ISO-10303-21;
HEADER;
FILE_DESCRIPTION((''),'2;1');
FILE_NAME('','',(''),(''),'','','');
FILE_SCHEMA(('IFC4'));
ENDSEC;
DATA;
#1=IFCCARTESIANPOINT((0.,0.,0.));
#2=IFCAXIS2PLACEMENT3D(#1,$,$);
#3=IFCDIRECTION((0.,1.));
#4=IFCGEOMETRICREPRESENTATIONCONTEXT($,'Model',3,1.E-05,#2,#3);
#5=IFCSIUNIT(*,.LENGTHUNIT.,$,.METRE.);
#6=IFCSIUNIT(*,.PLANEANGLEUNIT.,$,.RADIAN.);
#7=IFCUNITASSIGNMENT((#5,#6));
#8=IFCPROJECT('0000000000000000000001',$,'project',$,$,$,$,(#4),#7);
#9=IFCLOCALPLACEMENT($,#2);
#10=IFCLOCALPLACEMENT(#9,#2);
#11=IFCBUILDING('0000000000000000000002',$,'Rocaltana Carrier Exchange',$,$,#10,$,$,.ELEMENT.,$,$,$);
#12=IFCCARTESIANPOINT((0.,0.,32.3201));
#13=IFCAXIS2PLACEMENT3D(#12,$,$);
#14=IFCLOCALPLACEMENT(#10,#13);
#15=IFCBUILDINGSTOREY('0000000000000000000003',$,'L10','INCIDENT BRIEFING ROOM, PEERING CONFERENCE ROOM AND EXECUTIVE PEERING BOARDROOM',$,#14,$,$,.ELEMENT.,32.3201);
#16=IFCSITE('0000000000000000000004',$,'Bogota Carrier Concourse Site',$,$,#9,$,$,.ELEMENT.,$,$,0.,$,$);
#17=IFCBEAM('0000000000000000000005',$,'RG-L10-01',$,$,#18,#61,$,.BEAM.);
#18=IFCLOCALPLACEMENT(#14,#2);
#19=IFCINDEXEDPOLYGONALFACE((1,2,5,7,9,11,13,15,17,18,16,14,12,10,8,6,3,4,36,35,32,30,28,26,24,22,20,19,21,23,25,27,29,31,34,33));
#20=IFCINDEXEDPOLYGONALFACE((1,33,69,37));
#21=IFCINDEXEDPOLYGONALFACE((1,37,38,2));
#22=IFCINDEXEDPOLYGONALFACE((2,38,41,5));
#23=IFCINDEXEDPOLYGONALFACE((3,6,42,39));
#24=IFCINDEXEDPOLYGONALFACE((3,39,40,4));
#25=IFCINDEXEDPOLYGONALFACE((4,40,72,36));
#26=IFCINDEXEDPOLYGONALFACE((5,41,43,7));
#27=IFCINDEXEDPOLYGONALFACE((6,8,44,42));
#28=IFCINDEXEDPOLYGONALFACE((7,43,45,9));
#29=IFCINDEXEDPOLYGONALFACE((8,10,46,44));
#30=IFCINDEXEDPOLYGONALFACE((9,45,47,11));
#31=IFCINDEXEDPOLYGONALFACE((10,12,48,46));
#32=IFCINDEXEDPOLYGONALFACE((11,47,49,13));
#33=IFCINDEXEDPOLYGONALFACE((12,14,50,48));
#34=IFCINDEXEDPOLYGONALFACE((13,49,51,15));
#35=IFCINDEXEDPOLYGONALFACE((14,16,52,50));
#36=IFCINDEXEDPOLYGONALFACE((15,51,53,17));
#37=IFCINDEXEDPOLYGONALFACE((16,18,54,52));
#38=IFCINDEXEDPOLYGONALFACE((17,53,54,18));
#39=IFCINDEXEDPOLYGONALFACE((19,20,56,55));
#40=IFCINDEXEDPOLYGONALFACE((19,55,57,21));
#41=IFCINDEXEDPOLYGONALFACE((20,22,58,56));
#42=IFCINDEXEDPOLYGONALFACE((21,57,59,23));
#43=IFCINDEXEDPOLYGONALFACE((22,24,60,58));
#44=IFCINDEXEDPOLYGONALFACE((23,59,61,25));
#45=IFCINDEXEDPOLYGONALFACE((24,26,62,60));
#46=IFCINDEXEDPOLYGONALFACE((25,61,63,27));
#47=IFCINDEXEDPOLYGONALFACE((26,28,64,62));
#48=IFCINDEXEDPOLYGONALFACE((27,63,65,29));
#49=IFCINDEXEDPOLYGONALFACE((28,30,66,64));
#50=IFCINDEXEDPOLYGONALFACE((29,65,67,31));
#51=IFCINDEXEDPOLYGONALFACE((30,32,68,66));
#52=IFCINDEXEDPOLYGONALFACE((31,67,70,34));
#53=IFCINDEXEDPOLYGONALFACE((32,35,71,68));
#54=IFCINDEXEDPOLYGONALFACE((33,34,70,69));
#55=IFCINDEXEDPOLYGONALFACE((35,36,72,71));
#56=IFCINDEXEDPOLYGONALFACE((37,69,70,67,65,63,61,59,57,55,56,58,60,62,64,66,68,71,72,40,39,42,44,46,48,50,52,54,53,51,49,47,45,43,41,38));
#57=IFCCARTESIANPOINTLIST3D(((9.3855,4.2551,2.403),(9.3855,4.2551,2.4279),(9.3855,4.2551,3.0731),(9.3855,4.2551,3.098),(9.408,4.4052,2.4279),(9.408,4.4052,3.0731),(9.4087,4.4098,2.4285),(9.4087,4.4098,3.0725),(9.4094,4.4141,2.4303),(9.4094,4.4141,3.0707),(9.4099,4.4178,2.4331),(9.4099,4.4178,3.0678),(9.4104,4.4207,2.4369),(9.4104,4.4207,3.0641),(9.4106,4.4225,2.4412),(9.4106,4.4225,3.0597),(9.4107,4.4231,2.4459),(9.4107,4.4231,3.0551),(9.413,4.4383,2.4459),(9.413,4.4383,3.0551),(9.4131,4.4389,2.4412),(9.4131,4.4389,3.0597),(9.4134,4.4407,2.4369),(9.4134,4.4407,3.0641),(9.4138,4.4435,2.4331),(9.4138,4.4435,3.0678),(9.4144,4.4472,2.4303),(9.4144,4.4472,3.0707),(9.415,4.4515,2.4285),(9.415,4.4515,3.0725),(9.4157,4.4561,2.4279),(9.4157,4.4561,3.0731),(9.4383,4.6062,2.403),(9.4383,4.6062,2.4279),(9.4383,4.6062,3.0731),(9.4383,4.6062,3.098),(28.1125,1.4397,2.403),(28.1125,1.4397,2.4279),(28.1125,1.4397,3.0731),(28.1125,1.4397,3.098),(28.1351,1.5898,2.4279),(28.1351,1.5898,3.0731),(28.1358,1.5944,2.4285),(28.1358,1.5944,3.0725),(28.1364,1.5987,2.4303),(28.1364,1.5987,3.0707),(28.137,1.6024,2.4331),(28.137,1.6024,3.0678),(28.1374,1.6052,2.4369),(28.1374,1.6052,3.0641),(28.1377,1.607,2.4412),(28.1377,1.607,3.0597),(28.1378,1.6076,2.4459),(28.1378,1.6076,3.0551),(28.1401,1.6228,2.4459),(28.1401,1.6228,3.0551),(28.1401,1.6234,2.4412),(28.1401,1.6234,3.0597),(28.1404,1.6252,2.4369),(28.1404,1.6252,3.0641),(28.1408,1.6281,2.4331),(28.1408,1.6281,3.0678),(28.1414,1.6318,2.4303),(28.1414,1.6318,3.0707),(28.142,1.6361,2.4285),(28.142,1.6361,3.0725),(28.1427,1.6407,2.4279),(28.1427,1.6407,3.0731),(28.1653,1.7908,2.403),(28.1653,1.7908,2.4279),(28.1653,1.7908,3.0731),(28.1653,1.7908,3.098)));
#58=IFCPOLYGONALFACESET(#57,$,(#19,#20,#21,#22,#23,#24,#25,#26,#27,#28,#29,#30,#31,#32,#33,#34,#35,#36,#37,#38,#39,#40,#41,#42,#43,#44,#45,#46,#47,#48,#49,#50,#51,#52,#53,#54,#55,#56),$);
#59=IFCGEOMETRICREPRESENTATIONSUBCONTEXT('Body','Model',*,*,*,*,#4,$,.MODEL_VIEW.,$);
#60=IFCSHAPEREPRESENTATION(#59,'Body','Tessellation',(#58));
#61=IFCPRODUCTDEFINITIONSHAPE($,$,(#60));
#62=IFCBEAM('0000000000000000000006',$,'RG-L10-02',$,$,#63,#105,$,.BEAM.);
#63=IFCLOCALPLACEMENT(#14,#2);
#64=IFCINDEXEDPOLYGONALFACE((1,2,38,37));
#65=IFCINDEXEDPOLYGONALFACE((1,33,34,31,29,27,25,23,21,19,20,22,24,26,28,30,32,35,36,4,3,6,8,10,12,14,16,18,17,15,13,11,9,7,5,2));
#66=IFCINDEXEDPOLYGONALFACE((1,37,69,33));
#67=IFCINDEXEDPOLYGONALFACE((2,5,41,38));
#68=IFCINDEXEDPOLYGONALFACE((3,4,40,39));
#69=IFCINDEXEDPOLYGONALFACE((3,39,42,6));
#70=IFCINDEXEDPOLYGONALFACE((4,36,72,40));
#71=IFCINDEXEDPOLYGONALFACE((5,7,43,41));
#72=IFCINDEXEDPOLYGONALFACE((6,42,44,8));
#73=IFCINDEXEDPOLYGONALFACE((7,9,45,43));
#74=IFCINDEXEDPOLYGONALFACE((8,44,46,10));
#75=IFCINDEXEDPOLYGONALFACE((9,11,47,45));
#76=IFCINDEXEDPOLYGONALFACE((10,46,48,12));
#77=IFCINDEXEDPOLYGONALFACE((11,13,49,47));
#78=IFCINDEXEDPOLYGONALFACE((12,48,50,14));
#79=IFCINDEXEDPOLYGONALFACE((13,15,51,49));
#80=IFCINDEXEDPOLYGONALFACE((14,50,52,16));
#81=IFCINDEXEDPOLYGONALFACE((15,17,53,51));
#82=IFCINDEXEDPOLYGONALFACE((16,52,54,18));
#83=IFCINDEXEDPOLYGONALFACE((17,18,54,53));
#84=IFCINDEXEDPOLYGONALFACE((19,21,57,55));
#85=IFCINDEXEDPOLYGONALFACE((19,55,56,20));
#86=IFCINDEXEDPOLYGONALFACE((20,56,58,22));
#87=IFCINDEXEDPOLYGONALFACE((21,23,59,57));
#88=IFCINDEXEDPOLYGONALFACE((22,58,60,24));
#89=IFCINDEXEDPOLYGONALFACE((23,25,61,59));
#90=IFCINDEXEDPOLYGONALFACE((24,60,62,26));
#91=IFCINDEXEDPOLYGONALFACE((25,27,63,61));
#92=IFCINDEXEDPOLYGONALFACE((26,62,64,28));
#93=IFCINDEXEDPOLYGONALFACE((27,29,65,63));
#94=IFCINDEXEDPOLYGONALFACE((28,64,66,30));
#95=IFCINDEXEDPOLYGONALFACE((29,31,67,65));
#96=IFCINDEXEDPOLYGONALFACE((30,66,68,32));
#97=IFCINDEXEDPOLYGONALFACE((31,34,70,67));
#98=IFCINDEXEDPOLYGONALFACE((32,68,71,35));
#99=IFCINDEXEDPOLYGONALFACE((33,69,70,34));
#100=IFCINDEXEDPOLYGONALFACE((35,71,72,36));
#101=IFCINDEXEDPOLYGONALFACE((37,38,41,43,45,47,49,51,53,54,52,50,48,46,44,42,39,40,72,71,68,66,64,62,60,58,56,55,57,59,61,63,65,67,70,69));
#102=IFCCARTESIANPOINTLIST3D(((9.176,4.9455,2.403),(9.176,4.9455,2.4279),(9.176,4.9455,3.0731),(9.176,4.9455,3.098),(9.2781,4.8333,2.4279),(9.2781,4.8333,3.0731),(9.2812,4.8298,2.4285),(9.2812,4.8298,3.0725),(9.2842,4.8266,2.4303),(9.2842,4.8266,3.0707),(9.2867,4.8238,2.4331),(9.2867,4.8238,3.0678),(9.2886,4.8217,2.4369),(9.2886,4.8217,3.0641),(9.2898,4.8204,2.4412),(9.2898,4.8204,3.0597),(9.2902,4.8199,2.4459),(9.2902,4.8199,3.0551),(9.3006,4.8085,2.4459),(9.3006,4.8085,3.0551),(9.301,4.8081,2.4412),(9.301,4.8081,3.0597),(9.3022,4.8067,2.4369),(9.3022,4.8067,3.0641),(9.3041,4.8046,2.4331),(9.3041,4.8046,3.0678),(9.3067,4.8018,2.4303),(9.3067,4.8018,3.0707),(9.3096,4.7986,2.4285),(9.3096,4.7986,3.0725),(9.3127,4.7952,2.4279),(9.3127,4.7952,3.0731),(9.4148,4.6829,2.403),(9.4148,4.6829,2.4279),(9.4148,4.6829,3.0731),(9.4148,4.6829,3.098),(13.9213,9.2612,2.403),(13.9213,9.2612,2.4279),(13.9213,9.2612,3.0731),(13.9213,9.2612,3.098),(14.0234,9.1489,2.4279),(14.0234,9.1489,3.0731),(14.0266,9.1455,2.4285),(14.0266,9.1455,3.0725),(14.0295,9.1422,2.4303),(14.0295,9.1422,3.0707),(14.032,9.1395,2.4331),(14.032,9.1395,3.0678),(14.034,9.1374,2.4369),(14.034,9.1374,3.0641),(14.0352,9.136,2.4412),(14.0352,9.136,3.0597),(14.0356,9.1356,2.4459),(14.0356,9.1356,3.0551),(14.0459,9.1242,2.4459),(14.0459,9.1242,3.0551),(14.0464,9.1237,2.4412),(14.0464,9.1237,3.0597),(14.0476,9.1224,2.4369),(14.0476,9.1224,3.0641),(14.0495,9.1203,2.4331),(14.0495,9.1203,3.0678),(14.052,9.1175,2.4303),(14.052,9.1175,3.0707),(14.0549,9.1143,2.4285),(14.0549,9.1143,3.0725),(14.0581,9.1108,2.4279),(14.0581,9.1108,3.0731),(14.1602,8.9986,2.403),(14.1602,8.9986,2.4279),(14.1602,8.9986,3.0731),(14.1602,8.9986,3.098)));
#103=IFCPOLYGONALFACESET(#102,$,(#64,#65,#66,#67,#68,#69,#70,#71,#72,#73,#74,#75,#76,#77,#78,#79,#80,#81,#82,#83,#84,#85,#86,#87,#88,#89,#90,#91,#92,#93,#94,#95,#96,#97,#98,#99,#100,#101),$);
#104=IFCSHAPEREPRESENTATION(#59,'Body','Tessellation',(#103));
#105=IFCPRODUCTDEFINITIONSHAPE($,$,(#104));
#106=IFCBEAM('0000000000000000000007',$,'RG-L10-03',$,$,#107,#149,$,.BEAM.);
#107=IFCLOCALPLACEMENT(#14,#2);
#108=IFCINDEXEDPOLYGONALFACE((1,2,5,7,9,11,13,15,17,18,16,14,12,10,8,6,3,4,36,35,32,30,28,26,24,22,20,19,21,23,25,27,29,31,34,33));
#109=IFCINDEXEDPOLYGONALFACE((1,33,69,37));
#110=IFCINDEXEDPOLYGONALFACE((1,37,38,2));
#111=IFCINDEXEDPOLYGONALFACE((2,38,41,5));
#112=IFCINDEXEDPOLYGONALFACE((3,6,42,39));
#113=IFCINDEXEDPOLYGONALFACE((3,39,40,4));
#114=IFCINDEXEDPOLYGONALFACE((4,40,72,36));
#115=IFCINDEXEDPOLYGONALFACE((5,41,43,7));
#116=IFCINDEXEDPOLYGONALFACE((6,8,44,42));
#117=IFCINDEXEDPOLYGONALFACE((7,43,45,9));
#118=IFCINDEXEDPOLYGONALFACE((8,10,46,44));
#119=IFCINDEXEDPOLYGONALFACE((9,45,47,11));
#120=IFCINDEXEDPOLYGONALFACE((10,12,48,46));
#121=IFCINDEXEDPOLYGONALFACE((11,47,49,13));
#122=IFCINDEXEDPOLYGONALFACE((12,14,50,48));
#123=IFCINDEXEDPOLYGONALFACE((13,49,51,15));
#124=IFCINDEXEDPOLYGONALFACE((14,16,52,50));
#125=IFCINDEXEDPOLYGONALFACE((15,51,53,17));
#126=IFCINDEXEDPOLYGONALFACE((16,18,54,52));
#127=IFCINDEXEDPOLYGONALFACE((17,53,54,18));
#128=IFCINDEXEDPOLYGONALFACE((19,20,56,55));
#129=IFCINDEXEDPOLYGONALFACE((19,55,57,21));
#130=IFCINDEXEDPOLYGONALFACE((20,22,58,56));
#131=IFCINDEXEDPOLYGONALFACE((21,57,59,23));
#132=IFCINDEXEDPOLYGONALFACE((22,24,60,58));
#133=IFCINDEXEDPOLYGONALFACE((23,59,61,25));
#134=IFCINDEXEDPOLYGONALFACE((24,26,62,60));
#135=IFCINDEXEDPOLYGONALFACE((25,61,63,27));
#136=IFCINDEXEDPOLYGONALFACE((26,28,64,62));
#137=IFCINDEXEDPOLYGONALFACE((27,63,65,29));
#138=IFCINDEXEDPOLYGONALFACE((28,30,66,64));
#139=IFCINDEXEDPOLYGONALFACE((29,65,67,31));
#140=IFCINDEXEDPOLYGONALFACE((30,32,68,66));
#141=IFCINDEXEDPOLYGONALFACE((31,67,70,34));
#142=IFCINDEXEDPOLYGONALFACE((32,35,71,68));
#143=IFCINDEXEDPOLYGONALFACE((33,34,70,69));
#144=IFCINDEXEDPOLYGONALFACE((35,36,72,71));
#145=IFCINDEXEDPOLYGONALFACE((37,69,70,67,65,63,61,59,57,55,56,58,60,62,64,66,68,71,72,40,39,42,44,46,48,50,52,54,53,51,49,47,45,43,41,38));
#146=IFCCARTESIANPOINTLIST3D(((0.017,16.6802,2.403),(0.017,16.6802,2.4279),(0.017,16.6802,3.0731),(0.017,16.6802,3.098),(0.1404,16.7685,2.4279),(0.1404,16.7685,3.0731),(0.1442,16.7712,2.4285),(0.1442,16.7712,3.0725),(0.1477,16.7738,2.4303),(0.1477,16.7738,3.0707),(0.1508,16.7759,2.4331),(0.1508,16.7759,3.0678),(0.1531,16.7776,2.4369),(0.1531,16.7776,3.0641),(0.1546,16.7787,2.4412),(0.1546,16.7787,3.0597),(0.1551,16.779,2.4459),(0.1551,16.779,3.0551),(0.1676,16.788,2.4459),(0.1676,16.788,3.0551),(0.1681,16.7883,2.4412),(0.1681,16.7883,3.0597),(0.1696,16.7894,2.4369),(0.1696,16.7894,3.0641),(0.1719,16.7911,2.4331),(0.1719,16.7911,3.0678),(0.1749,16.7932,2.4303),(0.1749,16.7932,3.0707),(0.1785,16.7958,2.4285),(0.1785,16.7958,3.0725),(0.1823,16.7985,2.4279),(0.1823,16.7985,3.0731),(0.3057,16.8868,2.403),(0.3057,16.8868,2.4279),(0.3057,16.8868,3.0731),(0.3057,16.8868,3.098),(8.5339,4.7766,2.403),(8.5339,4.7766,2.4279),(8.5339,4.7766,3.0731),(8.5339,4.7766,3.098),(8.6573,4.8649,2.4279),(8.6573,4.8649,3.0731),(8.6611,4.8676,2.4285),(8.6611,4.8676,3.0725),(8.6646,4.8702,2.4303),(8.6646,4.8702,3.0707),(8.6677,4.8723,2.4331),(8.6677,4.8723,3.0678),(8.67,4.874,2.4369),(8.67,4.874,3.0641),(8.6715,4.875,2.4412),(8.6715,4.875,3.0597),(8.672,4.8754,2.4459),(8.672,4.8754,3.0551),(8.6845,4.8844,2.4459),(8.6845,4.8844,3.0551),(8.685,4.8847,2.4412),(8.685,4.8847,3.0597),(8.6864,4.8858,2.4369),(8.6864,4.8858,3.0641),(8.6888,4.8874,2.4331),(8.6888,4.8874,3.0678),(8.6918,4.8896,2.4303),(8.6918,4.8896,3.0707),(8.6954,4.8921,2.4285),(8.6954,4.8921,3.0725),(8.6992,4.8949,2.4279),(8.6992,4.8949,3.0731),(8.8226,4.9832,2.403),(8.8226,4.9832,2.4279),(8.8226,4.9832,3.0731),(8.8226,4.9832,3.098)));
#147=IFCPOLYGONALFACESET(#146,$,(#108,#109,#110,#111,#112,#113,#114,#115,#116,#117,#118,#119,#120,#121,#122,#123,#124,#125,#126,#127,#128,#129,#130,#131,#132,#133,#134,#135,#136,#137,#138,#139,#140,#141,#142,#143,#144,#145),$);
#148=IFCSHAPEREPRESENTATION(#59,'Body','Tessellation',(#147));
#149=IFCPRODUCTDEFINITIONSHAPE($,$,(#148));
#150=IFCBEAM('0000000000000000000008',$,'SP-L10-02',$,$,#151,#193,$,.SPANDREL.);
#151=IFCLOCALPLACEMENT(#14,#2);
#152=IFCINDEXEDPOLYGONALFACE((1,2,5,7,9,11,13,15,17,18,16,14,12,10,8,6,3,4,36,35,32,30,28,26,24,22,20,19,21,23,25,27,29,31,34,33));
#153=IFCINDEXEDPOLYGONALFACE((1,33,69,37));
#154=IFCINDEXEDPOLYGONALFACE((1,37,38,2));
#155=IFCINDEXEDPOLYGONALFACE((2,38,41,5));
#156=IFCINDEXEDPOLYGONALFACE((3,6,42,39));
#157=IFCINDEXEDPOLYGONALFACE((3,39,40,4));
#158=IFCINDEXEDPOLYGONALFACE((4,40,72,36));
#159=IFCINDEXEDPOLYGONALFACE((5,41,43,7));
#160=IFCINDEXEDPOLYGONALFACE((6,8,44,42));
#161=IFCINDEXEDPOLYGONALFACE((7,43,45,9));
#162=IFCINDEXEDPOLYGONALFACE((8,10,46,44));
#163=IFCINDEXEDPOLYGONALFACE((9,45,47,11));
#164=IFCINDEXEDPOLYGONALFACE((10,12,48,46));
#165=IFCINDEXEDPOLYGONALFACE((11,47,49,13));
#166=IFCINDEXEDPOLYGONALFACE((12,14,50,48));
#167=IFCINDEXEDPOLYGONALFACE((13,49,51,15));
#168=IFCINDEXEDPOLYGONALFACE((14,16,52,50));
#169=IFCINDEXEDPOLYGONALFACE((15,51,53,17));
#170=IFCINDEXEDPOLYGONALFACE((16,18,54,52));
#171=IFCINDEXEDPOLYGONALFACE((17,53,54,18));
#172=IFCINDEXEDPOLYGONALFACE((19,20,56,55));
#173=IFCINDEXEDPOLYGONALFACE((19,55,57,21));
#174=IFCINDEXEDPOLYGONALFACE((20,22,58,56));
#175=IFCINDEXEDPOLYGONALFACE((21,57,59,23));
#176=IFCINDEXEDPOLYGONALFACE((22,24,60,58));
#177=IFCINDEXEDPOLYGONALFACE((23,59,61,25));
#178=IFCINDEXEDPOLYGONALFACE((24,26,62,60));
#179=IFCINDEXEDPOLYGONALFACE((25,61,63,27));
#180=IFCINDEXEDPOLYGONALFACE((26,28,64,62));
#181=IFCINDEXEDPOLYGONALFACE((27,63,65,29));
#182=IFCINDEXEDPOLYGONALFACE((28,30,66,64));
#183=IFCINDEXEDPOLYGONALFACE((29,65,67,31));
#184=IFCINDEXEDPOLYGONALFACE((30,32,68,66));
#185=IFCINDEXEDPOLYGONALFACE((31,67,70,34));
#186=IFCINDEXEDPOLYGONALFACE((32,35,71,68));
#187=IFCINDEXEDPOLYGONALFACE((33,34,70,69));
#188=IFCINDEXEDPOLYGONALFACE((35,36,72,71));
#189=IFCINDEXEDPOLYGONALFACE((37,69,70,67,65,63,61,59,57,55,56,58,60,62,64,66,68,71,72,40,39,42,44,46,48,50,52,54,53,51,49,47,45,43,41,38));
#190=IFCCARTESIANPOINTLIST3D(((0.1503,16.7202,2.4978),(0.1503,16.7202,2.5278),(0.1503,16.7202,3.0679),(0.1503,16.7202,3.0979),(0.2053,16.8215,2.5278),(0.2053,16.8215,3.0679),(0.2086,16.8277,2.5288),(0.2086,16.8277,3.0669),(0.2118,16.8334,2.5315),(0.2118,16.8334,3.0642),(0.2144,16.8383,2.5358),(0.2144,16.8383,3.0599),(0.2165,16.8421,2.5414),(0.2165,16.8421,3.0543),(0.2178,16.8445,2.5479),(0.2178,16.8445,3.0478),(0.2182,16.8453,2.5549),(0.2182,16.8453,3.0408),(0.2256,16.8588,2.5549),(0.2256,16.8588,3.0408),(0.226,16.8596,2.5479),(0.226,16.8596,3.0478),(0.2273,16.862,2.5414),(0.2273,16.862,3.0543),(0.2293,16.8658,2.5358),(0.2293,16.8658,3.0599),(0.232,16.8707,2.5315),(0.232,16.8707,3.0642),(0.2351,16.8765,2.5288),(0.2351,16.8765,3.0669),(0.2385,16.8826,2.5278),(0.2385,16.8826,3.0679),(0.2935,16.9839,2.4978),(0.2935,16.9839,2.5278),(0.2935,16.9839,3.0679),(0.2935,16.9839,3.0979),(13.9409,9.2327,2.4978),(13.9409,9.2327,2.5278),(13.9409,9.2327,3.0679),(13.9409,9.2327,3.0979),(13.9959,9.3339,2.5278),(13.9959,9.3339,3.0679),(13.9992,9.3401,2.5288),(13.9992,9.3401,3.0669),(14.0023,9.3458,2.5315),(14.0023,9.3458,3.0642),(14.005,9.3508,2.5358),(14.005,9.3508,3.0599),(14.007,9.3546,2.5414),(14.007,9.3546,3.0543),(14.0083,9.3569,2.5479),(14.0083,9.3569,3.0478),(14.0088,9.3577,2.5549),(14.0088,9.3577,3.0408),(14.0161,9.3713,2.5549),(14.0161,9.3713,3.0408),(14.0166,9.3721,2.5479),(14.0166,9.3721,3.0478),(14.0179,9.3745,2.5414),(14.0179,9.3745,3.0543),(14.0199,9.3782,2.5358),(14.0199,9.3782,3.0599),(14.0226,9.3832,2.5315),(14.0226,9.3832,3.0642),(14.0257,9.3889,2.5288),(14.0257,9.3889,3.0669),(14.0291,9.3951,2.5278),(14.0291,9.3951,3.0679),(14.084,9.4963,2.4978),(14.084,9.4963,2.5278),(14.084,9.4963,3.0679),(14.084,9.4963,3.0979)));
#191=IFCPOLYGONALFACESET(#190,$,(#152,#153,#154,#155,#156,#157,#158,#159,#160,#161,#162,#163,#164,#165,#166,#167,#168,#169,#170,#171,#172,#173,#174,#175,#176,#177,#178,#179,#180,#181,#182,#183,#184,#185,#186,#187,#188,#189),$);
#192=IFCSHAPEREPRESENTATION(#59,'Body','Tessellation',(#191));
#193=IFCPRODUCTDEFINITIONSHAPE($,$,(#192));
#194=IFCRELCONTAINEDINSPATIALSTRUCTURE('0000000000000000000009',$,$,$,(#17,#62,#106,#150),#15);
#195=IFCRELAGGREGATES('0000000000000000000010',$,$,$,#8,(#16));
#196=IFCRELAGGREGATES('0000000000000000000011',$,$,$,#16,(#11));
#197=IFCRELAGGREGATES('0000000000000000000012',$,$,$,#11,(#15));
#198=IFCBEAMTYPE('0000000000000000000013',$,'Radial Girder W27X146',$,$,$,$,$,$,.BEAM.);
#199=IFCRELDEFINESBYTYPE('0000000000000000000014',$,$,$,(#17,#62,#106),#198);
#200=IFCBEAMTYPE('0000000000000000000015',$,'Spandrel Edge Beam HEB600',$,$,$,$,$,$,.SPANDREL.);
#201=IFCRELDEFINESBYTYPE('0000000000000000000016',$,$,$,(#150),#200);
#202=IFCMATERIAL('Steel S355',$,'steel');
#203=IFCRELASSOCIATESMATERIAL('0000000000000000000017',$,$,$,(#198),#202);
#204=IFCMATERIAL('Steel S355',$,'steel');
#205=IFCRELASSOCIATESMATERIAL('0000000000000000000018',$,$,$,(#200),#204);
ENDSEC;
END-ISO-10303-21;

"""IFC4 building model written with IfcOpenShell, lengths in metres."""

from ifc_helpers import new_model, si_unit, direction, frame, origin, origin_2d, place, context, subcontext, project, spatial, i_section, extrude, material, material_profile, profile_set, type_object, element, save


model = new_model("IFC4")

# Units and contexts
model_context = context("Model", 3, precision=1e-05, world=origin(), true_north=direction((0.0, 1.0)))
body_context = subcontext(model_context, "Body", "Model", "MODEL_VIEW")
ifc_project = project(units=[si_unit("LENGTHUNIT", "METRE"), si_unit("PLANEANGLEUNIT", "RADIAN")], contexts=[model_context])

# Site, building, storey
site_placement = place(None, origin())
site = spatial("IfcSite", under=ifc_project, at=site_placement, Name="Bogota Carrier Concourse Site", CompositionType="ELEMENT", RefElevation=0.0)
building_placement = place(site_placement, origin())
building = spatial("IfcBuilding", under=site, at=building_placement, Name="Rocaltana Carrier Exchange", CompositionType="ELEMENT")
storey_placement = place(building_placement, frame((0.0, 0.0, 32.3201)))
storey = spatial("IfcBuildingStorey", under=building, at=storey_placement, Name="L10", Description="INCIDENT BRIEFING ROOM, PEERING CONFERENCE ROOM AND EXECUTIVE PEERING BOARDROOM", CompositionType="ELEMENT", Elevation=32.3201)

# Beams
ifc_material_1 = material(Name="Steel S355", Category="steel")
ifc_material_profile_1 = material_profile(ifc_material_1, i_section(OverallWidth=0.355, OverallDepth=0.6951, WebThickness=0.0154, FlangeThickness=0.0249, FilletRadius=0.0181, at=origin_2d()), Name="W27X146")
ifc_profile_set_1 = profile_set([ifc_material_profile_1], Name="Steel S355")
beam_type_1 = type_object("IfcBeamType", Name="Radial Girder W27X146", PredefinedType="BEAM", material=ifc_profile_set_1)
beam_1_placement = place(storey_placement, frame((9.4119, 4.4307, 2.7505), z_axis=(0.988887, -0.14867, 0.0), x_axis=(0.14867, 0.988887, 0.0)))
element("IfcBeam", 1, at=beam_1_placement, inside=storey, type_object=beam_type_1, Name="RG-L10-01", PredefinedType="BEAM", context=body_context, shape_type="SweptSolid", body=[
    extrude(i_section(OverallWidth=0.355, OverallDepth=0.6951, WebThickness=0.0154, FlangeThickness=0.0249, FilletRadius=0.0181, at=origin_2d()), origin(), (0.0, 0.0, 1.0), 18.9375),
])
beam_2_placement = place(storey_placement, frame((9.2954, 4.8142, 2.7505), z_axis=(0.739807, 0.672819, 0.0), x_axis=(-0.672819, 0.739807, 0.0)))
element("IfcBeam", 2, at=beam_2_placement, inside=storey, type_object=beam_type_1, Name="RG-L10-02", PredefinedType="BEAM", context=body_context, shape_type="SweptSolid", body=[
    extrude(i_section(OverallWidth=0.355, OverallDepth=0.6951, WebThickness=0.0154, FlangeThickness=0.0249, FilletRadius=0.0181, at=origin_2d()), origin(), (0.0, 0.0, 1.0), 6.4143),
])
beam_3_placement = place(storey_placement, frame((8.6782, 4.8799, 2.7505), z_axis=(-0.581885, 0.813271, 0.0), x_axis=(-0.813271, -0.581885, 0.0)))
element("IfcBeam", 3, at=beam_3_placement, inside=storey, type_object=beam_type_1, Name="RG-L10-03", PredefinedType="BEAM", context=body_context, shape_type="SweptSolid", body=[
    extrude(i_section(OverallWidth=0.355, OverallDepth=0.6951, WebThickness=0.0154, FlangeThickness=0.0249, FilletRadius=0.0181, at=origin_2d()), origin(), (0.0, 0.0, 1.0), 14.6367),
])
ifc_material_2 = material(Name="Steel S355", Category="steel")
ifc_material_profile_2 = material_profile(ifc_material_2, i_section(OverallWidth=0.3, OverallDepth=0.6001, WebThickness=0.0154, FlangeThickness=0.03, FilletRadius=0.0271, at=origin_2d()), Name="HEB600")
ifc_profile_set_2 = profile_set([ifc_material_profile_2], Name="Steel S355")
beam_type_2 = type_object("IfcBeamType", Name="Spandrel Edge Beam HEB600", PredefinedType="SPANDREL", material=ifc_profile_set_2)
beam_4_placement = place(storey_placement, frame((14.0125, 9.3645, 2.7979), z_axis=(-0.87882, 0.477154, 0.0), x_axis=(-0.477154, -0.87882, 0.0)))
element("IfcBeam", 4, at=beam_4_placement, inside=storey, type_object=beam_type_2, Name="SP-L10-02", PredefinedType="SPANDREL", context=body_context, shape_type="SweptSolid", body=[
    extrude(i_section(OverallWidth=0.3, OverallDepth=0.6001, WebThickness=0.0154, FlangeThickness=0.03, FilletRadius=0.0271, at=origin_2d()), origin(), (0.0, 0.0, 1.0), 15.6921),
])

save(model, "model.ifc")
